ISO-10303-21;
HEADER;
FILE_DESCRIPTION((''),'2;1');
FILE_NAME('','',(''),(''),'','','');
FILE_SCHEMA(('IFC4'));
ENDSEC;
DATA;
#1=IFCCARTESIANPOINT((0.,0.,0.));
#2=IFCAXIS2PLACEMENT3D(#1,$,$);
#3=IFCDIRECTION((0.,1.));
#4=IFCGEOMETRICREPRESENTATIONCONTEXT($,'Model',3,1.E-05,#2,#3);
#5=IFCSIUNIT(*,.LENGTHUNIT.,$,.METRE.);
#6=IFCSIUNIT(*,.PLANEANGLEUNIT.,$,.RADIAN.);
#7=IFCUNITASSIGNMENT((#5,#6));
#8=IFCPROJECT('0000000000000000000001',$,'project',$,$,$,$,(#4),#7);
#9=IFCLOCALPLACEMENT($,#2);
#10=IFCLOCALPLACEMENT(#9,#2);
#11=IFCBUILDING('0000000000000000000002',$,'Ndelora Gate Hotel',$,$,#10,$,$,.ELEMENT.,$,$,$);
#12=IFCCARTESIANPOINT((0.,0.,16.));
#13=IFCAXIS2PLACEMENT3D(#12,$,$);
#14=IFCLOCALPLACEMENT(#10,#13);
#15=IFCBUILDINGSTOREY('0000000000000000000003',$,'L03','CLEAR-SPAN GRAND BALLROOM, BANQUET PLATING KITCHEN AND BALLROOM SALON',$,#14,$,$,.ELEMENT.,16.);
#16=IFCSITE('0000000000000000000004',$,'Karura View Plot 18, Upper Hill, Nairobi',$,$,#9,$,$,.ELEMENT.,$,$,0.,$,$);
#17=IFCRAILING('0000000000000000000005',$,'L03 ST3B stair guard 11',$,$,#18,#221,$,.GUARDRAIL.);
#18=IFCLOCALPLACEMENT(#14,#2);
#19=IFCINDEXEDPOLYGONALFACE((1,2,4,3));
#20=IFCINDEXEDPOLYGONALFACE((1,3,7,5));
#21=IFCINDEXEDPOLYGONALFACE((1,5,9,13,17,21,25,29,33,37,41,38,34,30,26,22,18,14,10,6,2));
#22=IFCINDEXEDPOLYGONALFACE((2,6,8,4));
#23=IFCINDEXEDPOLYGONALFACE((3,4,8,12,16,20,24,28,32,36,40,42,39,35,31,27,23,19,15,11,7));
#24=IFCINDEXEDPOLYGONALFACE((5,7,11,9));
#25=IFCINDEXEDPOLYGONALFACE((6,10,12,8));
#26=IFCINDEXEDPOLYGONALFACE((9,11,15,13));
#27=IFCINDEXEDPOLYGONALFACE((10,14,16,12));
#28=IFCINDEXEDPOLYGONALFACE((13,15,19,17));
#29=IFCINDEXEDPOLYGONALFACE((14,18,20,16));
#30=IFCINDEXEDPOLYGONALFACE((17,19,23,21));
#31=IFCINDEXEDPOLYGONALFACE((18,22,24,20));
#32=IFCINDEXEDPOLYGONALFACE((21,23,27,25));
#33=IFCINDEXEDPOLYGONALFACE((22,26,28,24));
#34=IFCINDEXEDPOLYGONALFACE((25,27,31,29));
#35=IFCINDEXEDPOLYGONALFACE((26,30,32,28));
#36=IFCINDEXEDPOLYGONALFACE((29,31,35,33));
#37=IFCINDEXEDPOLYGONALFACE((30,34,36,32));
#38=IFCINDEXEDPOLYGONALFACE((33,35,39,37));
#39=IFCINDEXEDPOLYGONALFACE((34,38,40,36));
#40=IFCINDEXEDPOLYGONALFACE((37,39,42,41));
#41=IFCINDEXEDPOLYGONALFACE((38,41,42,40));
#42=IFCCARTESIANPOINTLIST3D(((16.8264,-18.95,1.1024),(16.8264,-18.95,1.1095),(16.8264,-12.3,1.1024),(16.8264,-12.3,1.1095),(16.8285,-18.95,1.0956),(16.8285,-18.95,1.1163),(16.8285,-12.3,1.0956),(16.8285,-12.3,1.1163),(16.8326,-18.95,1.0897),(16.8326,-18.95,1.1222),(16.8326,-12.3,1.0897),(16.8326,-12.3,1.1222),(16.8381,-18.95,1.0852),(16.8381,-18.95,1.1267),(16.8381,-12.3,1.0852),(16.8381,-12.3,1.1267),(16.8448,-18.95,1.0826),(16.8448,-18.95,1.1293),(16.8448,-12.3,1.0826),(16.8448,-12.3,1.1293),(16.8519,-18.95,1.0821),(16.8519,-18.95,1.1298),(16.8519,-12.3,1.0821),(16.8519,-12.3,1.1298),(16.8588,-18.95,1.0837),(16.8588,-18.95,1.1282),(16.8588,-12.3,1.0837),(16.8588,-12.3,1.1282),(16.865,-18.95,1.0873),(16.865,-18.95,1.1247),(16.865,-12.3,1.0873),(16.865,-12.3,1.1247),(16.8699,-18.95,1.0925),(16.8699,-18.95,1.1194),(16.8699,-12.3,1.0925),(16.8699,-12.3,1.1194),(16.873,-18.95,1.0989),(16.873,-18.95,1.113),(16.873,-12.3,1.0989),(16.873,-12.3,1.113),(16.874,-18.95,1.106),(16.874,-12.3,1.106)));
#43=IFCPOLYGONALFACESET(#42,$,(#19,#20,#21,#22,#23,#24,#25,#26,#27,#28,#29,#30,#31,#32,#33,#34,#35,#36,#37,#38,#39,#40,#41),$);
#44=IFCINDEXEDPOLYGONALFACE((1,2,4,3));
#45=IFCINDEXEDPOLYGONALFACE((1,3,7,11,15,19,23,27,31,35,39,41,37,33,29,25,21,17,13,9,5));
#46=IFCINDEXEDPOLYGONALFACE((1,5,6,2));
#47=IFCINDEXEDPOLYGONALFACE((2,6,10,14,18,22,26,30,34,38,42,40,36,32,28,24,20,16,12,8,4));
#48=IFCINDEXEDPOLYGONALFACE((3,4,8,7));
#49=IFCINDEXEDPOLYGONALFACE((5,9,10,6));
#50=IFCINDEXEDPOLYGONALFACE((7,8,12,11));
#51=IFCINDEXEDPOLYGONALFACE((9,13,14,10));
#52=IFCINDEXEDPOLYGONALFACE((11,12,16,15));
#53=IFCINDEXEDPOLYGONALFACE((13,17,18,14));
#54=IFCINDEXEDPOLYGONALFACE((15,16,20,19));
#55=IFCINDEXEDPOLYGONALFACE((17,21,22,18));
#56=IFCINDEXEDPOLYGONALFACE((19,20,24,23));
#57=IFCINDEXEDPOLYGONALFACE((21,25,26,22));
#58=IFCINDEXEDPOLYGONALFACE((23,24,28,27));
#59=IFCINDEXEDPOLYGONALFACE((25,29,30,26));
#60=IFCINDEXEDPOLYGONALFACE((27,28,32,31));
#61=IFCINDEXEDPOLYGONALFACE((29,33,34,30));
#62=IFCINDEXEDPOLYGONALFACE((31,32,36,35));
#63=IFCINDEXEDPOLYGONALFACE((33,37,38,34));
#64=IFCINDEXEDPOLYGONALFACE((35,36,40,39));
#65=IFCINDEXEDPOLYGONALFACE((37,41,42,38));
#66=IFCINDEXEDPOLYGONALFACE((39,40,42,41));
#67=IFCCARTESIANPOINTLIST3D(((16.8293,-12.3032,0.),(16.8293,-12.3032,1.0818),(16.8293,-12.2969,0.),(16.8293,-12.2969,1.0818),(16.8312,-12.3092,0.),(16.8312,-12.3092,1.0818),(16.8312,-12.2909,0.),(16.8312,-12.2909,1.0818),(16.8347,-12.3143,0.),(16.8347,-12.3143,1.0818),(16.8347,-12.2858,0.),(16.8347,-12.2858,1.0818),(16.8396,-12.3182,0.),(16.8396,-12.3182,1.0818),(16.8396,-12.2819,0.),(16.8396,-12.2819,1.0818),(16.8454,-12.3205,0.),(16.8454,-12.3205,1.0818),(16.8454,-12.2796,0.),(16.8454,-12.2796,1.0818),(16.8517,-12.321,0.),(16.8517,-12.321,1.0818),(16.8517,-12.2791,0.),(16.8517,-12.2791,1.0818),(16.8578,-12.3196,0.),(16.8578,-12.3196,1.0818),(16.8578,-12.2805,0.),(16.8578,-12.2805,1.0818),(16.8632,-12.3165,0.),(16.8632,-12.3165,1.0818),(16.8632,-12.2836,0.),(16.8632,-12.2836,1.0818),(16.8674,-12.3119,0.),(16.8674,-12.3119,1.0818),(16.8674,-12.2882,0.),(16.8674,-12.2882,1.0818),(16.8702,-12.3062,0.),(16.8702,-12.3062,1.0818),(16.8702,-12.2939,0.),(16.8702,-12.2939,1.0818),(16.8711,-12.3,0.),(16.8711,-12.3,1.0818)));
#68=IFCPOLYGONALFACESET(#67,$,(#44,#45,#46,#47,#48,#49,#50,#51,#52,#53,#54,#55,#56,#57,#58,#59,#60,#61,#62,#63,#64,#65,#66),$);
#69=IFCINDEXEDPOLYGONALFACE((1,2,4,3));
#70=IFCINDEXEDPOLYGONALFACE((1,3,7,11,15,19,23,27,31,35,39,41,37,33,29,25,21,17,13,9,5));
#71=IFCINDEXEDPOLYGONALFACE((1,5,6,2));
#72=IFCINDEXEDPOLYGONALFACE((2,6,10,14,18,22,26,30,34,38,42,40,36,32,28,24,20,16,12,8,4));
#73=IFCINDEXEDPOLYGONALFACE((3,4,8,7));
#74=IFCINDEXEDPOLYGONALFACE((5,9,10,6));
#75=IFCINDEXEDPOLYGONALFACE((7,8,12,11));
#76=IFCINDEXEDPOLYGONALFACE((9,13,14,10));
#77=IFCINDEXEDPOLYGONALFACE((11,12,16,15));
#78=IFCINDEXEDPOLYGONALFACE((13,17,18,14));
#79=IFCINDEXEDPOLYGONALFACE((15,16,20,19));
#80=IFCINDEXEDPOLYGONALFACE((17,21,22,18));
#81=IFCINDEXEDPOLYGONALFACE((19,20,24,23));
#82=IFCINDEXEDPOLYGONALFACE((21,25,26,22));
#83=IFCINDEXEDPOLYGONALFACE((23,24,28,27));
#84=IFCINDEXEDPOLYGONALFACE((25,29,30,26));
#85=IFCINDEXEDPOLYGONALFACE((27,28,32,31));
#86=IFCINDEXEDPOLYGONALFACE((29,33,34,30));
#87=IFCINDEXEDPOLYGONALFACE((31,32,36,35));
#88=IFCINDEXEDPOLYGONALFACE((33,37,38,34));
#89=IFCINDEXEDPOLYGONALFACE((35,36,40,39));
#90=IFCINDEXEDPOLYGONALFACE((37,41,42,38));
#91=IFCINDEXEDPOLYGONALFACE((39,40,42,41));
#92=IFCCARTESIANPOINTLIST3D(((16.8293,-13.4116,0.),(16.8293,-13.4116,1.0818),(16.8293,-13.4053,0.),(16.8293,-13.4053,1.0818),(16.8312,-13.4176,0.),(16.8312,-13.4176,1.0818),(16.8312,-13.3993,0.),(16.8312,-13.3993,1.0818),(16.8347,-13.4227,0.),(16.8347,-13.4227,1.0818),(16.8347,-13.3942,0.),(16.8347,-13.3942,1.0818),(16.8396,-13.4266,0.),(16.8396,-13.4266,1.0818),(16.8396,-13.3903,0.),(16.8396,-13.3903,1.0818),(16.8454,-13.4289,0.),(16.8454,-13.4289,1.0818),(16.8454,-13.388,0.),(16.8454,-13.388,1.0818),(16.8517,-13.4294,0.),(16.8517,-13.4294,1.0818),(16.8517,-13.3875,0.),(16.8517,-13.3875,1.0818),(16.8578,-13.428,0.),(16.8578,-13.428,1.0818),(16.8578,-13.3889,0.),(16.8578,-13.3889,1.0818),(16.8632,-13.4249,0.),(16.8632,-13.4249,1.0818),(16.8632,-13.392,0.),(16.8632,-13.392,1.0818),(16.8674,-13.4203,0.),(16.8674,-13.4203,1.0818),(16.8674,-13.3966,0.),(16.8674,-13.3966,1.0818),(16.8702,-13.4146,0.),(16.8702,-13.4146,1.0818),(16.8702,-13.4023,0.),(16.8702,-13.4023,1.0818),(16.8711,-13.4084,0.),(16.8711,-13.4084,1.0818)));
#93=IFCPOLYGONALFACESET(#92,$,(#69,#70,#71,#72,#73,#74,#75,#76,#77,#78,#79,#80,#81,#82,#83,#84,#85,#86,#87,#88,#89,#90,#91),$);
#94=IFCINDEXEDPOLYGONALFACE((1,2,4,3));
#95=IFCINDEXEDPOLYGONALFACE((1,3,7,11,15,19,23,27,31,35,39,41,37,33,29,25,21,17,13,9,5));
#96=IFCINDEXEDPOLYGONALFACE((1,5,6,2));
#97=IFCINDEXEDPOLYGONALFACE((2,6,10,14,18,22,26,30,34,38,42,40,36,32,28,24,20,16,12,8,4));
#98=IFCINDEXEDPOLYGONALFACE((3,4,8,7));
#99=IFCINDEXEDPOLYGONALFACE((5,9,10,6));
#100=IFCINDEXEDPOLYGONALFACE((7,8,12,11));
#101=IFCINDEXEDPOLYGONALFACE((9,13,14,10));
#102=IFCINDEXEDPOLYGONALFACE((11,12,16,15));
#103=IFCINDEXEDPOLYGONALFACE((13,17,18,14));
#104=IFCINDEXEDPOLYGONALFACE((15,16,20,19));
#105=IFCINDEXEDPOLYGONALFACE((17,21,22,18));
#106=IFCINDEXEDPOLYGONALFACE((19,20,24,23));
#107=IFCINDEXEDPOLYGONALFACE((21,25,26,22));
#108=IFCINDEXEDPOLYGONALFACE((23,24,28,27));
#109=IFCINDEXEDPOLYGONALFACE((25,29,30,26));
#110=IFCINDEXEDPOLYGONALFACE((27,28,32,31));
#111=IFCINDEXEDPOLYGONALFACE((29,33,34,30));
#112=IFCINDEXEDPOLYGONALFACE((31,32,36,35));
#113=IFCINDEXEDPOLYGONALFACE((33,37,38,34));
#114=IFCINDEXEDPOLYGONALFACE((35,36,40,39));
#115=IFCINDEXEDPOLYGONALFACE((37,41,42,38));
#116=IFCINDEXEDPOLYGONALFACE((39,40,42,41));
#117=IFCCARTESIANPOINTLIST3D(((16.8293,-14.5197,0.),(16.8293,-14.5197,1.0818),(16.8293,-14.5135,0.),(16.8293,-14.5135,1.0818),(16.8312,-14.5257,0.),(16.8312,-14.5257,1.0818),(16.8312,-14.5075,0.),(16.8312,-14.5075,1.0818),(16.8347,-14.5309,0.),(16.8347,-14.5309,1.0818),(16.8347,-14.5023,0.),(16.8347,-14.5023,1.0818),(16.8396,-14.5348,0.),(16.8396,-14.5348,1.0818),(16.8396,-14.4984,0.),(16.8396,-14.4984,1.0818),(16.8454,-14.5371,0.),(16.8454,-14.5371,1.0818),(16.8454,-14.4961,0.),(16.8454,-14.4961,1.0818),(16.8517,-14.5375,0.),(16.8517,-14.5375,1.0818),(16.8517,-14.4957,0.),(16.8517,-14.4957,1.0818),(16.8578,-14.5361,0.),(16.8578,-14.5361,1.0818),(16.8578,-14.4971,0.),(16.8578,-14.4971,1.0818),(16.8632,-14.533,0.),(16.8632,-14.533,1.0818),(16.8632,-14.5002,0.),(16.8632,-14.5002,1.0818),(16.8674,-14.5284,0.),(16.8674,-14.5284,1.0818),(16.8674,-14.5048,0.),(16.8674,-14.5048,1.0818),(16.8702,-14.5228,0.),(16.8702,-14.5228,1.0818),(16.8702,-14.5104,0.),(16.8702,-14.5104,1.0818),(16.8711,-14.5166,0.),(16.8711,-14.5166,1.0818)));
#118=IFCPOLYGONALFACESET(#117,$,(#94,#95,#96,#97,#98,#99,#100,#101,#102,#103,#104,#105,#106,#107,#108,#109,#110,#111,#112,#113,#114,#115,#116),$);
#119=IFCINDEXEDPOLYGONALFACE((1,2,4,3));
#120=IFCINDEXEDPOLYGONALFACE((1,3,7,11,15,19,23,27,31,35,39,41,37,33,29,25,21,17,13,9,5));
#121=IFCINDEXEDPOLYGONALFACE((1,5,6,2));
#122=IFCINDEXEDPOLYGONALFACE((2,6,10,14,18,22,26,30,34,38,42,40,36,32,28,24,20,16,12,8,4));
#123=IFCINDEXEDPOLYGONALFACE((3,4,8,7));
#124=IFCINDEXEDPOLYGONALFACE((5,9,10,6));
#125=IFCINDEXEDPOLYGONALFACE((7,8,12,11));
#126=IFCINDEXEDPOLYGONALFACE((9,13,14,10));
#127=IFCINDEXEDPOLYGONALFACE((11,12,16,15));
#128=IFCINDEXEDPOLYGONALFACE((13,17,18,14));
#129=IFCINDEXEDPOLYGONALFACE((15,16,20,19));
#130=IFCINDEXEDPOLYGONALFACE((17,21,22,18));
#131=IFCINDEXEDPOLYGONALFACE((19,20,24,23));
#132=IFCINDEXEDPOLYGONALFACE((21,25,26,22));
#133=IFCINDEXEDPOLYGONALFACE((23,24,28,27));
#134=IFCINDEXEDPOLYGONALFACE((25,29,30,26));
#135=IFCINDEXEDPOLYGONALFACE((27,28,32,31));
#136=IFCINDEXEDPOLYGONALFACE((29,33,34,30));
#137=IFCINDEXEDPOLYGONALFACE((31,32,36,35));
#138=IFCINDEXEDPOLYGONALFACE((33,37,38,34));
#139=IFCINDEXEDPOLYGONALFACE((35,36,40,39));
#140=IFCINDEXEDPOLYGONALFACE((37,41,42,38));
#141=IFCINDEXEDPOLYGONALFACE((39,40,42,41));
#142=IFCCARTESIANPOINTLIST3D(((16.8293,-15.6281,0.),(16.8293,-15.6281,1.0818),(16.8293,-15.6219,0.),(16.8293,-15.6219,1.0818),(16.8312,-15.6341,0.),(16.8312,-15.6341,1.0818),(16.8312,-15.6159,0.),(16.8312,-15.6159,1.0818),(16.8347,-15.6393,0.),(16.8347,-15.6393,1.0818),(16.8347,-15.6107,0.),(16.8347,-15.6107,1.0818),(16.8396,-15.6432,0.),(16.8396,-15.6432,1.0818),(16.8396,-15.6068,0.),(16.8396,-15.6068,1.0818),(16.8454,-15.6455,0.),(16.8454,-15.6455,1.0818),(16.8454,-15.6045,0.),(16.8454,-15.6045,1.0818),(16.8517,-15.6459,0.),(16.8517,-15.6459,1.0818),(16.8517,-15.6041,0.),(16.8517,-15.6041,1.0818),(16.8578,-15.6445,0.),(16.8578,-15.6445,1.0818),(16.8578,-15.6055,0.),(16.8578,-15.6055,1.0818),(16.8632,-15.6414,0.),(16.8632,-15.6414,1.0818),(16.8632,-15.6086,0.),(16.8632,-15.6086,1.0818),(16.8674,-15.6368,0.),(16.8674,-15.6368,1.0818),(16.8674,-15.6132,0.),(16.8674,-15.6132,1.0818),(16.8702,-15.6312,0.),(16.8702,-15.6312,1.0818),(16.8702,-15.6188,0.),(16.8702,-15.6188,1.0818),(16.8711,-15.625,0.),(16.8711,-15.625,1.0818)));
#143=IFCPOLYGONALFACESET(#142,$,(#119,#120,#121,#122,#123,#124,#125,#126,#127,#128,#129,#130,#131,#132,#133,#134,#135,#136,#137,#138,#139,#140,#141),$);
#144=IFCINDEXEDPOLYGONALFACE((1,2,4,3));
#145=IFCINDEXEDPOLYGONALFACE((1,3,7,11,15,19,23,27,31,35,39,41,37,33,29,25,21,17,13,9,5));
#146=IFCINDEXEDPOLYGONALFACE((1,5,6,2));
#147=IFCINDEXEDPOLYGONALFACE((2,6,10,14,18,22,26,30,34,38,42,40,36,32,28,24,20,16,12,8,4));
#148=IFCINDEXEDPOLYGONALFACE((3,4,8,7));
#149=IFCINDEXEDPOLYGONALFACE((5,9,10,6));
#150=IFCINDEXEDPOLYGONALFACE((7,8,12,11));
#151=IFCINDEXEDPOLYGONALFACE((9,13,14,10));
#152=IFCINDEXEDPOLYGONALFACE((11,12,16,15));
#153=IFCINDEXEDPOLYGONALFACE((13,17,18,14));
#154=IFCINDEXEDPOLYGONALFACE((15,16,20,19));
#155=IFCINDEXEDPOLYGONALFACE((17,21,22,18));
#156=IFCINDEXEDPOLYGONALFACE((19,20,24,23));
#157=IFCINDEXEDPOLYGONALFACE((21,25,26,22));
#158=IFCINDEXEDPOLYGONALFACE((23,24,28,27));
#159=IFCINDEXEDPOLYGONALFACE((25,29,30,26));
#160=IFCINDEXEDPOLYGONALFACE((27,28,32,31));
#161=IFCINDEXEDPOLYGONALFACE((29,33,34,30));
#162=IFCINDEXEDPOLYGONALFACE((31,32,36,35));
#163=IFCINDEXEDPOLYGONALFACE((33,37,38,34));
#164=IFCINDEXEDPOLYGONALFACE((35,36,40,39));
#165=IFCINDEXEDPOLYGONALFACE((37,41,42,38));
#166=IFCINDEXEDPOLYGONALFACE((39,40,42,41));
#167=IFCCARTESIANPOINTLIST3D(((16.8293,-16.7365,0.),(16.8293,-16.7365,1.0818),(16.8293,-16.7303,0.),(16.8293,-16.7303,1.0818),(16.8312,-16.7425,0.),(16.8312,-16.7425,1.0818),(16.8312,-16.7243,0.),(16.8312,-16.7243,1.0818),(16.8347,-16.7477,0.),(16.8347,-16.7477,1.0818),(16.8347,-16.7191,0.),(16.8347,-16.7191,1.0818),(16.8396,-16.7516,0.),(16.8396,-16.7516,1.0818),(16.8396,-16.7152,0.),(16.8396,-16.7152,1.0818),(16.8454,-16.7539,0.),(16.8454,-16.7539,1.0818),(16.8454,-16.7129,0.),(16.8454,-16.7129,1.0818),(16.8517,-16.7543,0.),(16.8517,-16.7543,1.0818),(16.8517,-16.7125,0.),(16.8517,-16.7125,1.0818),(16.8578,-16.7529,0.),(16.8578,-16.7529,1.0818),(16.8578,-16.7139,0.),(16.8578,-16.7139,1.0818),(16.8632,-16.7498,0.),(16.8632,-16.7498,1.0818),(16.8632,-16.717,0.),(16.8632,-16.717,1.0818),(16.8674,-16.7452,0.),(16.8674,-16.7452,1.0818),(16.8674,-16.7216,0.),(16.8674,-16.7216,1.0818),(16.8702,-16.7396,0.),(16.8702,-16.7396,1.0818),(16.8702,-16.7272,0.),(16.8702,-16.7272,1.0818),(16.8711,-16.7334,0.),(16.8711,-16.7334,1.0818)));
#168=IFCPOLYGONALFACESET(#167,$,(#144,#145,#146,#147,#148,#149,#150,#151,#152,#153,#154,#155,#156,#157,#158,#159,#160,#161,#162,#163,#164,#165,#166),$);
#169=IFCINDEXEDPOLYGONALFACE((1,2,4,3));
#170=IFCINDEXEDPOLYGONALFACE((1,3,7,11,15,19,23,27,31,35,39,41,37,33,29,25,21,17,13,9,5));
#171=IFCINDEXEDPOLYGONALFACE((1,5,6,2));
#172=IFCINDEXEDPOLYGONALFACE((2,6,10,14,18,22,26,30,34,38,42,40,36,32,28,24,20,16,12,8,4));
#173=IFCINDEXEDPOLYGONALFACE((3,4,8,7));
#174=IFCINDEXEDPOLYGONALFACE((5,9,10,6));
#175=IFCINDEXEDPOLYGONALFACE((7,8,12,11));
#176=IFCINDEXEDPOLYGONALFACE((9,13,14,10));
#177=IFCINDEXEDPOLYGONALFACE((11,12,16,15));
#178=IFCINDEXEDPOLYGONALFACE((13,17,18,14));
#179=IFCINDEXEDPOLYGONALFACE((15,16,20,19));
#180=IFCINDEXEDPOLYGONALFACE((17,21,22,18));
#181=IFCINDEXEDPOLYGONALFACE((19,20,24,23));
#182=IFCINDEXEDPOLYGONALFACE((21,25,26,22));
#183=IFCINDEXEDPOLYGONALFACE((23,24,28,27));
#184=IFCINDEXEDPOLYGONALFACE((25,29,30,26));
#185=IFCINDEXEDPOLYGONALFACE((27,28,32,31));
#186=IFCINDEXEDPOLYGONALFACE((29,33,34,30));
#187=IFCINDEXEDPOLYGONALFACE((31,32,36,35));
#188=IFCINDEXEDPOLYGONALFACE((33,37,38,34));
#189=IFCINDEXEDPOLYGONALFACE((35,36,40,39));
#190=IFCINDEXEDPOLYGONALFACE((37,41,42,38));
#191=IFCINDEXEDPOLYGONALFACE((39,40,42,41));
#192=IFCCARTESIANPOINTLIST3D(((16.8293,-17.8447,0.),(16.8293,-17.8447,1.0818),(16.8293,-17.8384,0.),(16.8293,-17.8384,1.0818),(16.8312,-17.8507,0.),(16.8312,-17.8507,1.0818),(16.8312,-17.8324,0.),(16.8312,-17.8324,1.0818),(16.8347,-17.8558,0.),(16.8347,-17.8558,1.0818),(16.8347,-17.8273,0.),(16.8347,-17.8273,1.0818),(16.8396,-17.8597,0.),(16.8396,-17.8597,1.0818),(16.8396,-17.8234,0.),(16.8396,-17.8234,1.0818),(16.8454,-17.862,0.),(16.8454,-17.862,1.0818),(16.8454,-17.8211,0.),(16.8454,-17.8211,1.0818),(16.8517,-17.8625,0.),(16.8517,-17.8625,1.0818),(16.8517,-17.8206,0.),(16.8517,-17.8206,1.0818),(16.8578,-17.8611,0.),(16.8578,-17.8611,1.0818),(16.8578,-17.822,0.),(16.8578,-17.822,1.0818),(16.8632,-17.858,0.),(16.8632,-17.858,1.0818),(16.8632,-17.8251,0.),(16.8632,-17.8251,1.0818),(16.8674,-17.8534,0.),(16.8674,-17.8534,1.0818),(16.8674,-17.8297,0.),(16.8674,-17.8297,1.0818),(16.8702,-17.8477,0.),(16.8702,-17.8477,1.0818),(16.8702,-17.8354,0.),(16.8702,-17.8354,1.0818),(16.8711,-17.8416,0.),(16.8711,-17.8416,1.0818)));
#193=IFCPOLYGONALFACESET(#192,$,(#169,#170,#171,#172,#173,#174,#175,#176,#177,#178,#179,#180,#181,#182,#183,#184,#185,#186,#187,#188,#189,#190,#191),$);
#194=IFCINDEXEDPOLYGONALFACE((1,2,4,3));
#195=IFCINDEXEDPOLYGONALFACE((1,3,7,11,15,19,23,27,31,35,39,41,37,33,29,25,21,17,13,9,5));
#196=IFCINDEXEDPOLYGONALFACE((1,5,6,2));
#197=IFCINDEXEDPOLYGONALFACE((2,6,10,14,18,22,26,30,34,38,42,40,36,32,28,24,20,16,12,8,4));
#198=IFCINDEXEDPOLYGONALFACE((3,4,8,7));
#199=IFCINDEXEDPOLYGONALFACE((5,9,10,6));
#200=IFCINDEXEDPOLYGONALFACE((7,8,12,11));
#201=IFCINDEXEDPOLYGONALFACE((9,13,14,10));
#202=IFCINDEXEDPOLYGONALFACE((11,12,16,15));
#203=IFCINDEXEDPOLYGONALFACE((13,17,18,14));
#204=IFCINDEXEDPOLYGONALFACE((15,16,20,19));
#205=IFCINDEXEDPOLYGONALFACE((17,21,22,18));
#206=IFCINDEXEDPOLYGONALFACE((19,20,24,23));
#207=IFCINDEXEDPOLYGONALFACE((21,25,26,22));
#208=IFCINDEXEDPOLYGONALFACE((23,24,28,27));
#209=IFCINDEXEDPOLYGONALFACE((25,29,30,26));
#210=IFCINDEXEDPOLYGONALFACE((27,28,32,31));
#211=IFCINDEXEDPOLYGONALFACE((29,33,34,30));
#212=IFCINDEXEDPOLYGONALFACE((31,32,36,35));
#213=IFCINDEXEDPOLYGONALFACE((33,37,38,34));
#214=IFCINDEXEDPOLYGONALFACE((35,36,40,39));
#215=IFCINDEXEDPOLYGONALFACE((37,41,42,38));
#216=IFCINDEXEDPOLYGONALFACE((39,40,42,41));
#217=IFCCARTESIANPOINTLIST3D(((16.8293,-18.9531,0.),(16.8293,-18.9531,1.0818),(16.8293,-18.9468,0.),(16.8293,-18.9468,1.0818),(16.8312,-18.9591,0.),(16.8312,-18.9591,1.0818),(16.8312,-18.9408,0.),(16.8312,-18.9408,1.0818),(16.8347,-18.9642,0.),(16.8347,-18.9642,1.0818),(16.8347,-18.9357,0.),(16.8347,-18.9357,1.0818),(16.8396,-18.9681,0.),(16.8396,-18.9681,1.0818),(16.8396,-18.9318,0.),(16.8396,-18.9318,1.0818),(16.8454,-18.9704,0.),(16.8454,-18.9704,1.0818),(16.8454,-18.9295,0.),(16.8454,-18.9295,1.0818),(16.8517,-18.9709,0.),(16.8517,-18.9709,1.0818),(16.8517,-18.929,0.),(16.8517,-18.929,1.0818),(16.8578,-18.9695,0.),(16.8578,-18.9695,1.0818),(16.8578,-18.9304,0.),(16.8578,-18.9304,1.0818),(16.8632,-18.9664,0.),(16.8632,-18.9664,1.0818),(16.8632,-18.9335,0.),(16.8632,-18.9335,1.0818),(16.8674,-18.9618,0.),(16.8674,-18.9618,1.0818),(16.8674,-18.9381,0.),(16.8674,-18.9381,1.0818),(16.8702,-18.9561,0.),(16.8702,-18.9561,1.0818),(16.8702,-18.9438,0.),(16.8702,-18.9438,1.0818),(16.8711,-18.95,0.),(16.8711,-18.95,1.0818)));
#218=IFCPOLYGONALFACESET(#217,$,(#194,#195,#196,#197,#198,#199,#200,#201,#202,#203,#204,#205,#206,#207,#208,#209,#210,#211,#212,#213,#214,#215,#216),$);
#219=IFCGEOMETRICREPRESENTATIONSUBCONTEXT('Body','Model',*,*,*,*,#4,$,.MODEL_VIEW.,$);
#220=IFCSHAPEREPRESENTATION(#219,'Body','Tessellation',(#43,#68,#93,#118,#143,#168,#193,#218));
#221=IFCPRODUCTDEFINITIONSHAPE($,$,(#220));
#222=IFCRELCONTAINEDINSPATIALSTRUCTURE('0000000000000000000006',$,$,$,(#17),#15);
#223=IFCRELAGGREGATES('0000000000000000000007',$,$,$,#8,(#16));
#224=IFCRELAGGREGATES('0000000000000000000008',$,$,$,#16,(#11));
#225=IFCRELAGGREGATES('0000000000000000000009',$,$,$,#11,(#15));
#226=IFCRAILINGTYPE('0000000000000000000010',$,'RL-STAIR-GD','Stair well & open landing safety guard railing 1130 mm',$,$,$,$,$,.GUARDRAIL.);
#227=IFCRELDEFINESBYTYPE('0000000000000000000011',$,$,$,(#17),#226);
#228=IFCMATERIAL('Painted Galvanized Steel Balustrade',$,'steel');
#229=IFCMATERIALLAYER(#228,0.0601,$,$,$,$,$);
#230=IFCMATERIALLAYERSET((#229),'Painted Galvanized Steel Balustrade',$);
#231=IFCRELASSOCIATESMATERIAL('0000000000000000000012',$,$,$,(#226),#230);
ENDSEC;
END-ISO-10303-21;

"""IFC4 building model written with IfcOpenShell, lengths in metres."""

from ifc_helpers import new_model, si_unit, direction, frame, origin, origin_2d, place, context, subcontext, project, spatial, circle, extrude, material, layer, layer_set, type_object, element, save


model = new_model("IFC4")

# Units and contexts
model_context = context("Model", 3, precision=1e-05, world=origin(), true_north=direction((0.0, 1.0)))
body_context = subcontext(model_context, "Body", "Model", "MODEL_VIEW")
ifc_project = project(units=[si_unit("LENGTHUNIT", "METRE"), si_unit("PLANEANGLEUNIT", "RADIAN")], contexts=[model_context])

# Site, building, storey
site_placement = place(None, origin())
site = spatial("IfcSite", under=ifc_project, at=site_placement, Name="Karura View Plot 18, Upper Hill, Nairobi", CompositionType="ELEMENT", RefElevation=0.0)
building_placement = place(site_placement, origin())
building = spatial("IfcBuilding", under=site, at=building_placement, Name="Ndelora Gate Hotel", CompositionType="ELEMENT")
storey_placement = place(building_placement, frame((0.0, 0.0, 16.0)))
storey = spatial("IfcBuildingStorey", under=building, at=storey_placement, Name="L03", Description="CLEAR-SPAN GRAND BALLROOM, BANQUET PLATING KITCHEN AND BALLROOM SALON", CompositionType="ELEMENT", Elevation=16.0)

# Railing
ifc_material_1 = material(Name="Painted Galvanized Steel Balustrade", Category="steel")
ifc_layer_1 = layer(ifc_material_1, 0.0601)
ifc_layer_set_1 = layer_set([ifc_layer_1], Name="Painted Galvanized Steel Balustrade")
railing_type_1 = type_object("IfcRailingType", Name="RL-STAIR-GD", Description="Stair well & open landing safety guard railing 1130 mm", PredefinedType="GUARDRAIL", material=ifc_layer_set_1)
railing_1_placement = place(storey_placement, frame((16.8501, -12.3, 0.0)))
element("IfcRailing", 1, at=railing_1_placement, inside=storey, type_object=railing_type_1, Name="L03 ST3B stair guard 11", PredefinedType="GUARDRAIL", context=body_context, shape_type="SweptSolid", body=[
    extrude(circle(Radius=0.0239, at=origin_2d()), frame((0.0, 0.0, 1.106), z_axis=(0.0, -1.0, 0.0), x_axis=(1.0, 0.0, 0.0)), (0.0, 0.0, 1.0), 6.6499),
    extrude(circle(Radius=0.021, at=origin_2d()), origin(), (0.0, 0.0, 1.0), 1.0818),
    extrude(circle(Radius=0.021, at=origin_2d()), frame((0.0, -1.1084, 0.0)), (0.0, 0.0, 1.0), 1.0818),
    extrude(circle(Radius=0.021, at=origin_2d()), frame((0.0, -2.2166, 0.0)), (0.0, 0.0, 1.0), 1.0818),
    extrude(circle(Radius=0.021, at=origin_2d()), frame((0.0, -3.325, 0.0)), (0.0, 0.0, 1.0), 1.0818),
    extrude(circle(Radius=0.021, at=origin_2d()), frame((0.0, -4.4333, 0.0)), (0.0, 0.0, 1.0), 1.0818),
    extrude(circle(Radius=0.021, at=origin_2d()), frame((0.0, -5.5415, 0.0)), (0.0, 0.0, 1.0), 1.0818),
    extrude(circle(Radius=0.021, at=origin_2d()), frame((0.0, -6.6499, 0.0)), (0.0, 0.0, 1.0), 1.0818),
])

save(model, "model.ifc")
